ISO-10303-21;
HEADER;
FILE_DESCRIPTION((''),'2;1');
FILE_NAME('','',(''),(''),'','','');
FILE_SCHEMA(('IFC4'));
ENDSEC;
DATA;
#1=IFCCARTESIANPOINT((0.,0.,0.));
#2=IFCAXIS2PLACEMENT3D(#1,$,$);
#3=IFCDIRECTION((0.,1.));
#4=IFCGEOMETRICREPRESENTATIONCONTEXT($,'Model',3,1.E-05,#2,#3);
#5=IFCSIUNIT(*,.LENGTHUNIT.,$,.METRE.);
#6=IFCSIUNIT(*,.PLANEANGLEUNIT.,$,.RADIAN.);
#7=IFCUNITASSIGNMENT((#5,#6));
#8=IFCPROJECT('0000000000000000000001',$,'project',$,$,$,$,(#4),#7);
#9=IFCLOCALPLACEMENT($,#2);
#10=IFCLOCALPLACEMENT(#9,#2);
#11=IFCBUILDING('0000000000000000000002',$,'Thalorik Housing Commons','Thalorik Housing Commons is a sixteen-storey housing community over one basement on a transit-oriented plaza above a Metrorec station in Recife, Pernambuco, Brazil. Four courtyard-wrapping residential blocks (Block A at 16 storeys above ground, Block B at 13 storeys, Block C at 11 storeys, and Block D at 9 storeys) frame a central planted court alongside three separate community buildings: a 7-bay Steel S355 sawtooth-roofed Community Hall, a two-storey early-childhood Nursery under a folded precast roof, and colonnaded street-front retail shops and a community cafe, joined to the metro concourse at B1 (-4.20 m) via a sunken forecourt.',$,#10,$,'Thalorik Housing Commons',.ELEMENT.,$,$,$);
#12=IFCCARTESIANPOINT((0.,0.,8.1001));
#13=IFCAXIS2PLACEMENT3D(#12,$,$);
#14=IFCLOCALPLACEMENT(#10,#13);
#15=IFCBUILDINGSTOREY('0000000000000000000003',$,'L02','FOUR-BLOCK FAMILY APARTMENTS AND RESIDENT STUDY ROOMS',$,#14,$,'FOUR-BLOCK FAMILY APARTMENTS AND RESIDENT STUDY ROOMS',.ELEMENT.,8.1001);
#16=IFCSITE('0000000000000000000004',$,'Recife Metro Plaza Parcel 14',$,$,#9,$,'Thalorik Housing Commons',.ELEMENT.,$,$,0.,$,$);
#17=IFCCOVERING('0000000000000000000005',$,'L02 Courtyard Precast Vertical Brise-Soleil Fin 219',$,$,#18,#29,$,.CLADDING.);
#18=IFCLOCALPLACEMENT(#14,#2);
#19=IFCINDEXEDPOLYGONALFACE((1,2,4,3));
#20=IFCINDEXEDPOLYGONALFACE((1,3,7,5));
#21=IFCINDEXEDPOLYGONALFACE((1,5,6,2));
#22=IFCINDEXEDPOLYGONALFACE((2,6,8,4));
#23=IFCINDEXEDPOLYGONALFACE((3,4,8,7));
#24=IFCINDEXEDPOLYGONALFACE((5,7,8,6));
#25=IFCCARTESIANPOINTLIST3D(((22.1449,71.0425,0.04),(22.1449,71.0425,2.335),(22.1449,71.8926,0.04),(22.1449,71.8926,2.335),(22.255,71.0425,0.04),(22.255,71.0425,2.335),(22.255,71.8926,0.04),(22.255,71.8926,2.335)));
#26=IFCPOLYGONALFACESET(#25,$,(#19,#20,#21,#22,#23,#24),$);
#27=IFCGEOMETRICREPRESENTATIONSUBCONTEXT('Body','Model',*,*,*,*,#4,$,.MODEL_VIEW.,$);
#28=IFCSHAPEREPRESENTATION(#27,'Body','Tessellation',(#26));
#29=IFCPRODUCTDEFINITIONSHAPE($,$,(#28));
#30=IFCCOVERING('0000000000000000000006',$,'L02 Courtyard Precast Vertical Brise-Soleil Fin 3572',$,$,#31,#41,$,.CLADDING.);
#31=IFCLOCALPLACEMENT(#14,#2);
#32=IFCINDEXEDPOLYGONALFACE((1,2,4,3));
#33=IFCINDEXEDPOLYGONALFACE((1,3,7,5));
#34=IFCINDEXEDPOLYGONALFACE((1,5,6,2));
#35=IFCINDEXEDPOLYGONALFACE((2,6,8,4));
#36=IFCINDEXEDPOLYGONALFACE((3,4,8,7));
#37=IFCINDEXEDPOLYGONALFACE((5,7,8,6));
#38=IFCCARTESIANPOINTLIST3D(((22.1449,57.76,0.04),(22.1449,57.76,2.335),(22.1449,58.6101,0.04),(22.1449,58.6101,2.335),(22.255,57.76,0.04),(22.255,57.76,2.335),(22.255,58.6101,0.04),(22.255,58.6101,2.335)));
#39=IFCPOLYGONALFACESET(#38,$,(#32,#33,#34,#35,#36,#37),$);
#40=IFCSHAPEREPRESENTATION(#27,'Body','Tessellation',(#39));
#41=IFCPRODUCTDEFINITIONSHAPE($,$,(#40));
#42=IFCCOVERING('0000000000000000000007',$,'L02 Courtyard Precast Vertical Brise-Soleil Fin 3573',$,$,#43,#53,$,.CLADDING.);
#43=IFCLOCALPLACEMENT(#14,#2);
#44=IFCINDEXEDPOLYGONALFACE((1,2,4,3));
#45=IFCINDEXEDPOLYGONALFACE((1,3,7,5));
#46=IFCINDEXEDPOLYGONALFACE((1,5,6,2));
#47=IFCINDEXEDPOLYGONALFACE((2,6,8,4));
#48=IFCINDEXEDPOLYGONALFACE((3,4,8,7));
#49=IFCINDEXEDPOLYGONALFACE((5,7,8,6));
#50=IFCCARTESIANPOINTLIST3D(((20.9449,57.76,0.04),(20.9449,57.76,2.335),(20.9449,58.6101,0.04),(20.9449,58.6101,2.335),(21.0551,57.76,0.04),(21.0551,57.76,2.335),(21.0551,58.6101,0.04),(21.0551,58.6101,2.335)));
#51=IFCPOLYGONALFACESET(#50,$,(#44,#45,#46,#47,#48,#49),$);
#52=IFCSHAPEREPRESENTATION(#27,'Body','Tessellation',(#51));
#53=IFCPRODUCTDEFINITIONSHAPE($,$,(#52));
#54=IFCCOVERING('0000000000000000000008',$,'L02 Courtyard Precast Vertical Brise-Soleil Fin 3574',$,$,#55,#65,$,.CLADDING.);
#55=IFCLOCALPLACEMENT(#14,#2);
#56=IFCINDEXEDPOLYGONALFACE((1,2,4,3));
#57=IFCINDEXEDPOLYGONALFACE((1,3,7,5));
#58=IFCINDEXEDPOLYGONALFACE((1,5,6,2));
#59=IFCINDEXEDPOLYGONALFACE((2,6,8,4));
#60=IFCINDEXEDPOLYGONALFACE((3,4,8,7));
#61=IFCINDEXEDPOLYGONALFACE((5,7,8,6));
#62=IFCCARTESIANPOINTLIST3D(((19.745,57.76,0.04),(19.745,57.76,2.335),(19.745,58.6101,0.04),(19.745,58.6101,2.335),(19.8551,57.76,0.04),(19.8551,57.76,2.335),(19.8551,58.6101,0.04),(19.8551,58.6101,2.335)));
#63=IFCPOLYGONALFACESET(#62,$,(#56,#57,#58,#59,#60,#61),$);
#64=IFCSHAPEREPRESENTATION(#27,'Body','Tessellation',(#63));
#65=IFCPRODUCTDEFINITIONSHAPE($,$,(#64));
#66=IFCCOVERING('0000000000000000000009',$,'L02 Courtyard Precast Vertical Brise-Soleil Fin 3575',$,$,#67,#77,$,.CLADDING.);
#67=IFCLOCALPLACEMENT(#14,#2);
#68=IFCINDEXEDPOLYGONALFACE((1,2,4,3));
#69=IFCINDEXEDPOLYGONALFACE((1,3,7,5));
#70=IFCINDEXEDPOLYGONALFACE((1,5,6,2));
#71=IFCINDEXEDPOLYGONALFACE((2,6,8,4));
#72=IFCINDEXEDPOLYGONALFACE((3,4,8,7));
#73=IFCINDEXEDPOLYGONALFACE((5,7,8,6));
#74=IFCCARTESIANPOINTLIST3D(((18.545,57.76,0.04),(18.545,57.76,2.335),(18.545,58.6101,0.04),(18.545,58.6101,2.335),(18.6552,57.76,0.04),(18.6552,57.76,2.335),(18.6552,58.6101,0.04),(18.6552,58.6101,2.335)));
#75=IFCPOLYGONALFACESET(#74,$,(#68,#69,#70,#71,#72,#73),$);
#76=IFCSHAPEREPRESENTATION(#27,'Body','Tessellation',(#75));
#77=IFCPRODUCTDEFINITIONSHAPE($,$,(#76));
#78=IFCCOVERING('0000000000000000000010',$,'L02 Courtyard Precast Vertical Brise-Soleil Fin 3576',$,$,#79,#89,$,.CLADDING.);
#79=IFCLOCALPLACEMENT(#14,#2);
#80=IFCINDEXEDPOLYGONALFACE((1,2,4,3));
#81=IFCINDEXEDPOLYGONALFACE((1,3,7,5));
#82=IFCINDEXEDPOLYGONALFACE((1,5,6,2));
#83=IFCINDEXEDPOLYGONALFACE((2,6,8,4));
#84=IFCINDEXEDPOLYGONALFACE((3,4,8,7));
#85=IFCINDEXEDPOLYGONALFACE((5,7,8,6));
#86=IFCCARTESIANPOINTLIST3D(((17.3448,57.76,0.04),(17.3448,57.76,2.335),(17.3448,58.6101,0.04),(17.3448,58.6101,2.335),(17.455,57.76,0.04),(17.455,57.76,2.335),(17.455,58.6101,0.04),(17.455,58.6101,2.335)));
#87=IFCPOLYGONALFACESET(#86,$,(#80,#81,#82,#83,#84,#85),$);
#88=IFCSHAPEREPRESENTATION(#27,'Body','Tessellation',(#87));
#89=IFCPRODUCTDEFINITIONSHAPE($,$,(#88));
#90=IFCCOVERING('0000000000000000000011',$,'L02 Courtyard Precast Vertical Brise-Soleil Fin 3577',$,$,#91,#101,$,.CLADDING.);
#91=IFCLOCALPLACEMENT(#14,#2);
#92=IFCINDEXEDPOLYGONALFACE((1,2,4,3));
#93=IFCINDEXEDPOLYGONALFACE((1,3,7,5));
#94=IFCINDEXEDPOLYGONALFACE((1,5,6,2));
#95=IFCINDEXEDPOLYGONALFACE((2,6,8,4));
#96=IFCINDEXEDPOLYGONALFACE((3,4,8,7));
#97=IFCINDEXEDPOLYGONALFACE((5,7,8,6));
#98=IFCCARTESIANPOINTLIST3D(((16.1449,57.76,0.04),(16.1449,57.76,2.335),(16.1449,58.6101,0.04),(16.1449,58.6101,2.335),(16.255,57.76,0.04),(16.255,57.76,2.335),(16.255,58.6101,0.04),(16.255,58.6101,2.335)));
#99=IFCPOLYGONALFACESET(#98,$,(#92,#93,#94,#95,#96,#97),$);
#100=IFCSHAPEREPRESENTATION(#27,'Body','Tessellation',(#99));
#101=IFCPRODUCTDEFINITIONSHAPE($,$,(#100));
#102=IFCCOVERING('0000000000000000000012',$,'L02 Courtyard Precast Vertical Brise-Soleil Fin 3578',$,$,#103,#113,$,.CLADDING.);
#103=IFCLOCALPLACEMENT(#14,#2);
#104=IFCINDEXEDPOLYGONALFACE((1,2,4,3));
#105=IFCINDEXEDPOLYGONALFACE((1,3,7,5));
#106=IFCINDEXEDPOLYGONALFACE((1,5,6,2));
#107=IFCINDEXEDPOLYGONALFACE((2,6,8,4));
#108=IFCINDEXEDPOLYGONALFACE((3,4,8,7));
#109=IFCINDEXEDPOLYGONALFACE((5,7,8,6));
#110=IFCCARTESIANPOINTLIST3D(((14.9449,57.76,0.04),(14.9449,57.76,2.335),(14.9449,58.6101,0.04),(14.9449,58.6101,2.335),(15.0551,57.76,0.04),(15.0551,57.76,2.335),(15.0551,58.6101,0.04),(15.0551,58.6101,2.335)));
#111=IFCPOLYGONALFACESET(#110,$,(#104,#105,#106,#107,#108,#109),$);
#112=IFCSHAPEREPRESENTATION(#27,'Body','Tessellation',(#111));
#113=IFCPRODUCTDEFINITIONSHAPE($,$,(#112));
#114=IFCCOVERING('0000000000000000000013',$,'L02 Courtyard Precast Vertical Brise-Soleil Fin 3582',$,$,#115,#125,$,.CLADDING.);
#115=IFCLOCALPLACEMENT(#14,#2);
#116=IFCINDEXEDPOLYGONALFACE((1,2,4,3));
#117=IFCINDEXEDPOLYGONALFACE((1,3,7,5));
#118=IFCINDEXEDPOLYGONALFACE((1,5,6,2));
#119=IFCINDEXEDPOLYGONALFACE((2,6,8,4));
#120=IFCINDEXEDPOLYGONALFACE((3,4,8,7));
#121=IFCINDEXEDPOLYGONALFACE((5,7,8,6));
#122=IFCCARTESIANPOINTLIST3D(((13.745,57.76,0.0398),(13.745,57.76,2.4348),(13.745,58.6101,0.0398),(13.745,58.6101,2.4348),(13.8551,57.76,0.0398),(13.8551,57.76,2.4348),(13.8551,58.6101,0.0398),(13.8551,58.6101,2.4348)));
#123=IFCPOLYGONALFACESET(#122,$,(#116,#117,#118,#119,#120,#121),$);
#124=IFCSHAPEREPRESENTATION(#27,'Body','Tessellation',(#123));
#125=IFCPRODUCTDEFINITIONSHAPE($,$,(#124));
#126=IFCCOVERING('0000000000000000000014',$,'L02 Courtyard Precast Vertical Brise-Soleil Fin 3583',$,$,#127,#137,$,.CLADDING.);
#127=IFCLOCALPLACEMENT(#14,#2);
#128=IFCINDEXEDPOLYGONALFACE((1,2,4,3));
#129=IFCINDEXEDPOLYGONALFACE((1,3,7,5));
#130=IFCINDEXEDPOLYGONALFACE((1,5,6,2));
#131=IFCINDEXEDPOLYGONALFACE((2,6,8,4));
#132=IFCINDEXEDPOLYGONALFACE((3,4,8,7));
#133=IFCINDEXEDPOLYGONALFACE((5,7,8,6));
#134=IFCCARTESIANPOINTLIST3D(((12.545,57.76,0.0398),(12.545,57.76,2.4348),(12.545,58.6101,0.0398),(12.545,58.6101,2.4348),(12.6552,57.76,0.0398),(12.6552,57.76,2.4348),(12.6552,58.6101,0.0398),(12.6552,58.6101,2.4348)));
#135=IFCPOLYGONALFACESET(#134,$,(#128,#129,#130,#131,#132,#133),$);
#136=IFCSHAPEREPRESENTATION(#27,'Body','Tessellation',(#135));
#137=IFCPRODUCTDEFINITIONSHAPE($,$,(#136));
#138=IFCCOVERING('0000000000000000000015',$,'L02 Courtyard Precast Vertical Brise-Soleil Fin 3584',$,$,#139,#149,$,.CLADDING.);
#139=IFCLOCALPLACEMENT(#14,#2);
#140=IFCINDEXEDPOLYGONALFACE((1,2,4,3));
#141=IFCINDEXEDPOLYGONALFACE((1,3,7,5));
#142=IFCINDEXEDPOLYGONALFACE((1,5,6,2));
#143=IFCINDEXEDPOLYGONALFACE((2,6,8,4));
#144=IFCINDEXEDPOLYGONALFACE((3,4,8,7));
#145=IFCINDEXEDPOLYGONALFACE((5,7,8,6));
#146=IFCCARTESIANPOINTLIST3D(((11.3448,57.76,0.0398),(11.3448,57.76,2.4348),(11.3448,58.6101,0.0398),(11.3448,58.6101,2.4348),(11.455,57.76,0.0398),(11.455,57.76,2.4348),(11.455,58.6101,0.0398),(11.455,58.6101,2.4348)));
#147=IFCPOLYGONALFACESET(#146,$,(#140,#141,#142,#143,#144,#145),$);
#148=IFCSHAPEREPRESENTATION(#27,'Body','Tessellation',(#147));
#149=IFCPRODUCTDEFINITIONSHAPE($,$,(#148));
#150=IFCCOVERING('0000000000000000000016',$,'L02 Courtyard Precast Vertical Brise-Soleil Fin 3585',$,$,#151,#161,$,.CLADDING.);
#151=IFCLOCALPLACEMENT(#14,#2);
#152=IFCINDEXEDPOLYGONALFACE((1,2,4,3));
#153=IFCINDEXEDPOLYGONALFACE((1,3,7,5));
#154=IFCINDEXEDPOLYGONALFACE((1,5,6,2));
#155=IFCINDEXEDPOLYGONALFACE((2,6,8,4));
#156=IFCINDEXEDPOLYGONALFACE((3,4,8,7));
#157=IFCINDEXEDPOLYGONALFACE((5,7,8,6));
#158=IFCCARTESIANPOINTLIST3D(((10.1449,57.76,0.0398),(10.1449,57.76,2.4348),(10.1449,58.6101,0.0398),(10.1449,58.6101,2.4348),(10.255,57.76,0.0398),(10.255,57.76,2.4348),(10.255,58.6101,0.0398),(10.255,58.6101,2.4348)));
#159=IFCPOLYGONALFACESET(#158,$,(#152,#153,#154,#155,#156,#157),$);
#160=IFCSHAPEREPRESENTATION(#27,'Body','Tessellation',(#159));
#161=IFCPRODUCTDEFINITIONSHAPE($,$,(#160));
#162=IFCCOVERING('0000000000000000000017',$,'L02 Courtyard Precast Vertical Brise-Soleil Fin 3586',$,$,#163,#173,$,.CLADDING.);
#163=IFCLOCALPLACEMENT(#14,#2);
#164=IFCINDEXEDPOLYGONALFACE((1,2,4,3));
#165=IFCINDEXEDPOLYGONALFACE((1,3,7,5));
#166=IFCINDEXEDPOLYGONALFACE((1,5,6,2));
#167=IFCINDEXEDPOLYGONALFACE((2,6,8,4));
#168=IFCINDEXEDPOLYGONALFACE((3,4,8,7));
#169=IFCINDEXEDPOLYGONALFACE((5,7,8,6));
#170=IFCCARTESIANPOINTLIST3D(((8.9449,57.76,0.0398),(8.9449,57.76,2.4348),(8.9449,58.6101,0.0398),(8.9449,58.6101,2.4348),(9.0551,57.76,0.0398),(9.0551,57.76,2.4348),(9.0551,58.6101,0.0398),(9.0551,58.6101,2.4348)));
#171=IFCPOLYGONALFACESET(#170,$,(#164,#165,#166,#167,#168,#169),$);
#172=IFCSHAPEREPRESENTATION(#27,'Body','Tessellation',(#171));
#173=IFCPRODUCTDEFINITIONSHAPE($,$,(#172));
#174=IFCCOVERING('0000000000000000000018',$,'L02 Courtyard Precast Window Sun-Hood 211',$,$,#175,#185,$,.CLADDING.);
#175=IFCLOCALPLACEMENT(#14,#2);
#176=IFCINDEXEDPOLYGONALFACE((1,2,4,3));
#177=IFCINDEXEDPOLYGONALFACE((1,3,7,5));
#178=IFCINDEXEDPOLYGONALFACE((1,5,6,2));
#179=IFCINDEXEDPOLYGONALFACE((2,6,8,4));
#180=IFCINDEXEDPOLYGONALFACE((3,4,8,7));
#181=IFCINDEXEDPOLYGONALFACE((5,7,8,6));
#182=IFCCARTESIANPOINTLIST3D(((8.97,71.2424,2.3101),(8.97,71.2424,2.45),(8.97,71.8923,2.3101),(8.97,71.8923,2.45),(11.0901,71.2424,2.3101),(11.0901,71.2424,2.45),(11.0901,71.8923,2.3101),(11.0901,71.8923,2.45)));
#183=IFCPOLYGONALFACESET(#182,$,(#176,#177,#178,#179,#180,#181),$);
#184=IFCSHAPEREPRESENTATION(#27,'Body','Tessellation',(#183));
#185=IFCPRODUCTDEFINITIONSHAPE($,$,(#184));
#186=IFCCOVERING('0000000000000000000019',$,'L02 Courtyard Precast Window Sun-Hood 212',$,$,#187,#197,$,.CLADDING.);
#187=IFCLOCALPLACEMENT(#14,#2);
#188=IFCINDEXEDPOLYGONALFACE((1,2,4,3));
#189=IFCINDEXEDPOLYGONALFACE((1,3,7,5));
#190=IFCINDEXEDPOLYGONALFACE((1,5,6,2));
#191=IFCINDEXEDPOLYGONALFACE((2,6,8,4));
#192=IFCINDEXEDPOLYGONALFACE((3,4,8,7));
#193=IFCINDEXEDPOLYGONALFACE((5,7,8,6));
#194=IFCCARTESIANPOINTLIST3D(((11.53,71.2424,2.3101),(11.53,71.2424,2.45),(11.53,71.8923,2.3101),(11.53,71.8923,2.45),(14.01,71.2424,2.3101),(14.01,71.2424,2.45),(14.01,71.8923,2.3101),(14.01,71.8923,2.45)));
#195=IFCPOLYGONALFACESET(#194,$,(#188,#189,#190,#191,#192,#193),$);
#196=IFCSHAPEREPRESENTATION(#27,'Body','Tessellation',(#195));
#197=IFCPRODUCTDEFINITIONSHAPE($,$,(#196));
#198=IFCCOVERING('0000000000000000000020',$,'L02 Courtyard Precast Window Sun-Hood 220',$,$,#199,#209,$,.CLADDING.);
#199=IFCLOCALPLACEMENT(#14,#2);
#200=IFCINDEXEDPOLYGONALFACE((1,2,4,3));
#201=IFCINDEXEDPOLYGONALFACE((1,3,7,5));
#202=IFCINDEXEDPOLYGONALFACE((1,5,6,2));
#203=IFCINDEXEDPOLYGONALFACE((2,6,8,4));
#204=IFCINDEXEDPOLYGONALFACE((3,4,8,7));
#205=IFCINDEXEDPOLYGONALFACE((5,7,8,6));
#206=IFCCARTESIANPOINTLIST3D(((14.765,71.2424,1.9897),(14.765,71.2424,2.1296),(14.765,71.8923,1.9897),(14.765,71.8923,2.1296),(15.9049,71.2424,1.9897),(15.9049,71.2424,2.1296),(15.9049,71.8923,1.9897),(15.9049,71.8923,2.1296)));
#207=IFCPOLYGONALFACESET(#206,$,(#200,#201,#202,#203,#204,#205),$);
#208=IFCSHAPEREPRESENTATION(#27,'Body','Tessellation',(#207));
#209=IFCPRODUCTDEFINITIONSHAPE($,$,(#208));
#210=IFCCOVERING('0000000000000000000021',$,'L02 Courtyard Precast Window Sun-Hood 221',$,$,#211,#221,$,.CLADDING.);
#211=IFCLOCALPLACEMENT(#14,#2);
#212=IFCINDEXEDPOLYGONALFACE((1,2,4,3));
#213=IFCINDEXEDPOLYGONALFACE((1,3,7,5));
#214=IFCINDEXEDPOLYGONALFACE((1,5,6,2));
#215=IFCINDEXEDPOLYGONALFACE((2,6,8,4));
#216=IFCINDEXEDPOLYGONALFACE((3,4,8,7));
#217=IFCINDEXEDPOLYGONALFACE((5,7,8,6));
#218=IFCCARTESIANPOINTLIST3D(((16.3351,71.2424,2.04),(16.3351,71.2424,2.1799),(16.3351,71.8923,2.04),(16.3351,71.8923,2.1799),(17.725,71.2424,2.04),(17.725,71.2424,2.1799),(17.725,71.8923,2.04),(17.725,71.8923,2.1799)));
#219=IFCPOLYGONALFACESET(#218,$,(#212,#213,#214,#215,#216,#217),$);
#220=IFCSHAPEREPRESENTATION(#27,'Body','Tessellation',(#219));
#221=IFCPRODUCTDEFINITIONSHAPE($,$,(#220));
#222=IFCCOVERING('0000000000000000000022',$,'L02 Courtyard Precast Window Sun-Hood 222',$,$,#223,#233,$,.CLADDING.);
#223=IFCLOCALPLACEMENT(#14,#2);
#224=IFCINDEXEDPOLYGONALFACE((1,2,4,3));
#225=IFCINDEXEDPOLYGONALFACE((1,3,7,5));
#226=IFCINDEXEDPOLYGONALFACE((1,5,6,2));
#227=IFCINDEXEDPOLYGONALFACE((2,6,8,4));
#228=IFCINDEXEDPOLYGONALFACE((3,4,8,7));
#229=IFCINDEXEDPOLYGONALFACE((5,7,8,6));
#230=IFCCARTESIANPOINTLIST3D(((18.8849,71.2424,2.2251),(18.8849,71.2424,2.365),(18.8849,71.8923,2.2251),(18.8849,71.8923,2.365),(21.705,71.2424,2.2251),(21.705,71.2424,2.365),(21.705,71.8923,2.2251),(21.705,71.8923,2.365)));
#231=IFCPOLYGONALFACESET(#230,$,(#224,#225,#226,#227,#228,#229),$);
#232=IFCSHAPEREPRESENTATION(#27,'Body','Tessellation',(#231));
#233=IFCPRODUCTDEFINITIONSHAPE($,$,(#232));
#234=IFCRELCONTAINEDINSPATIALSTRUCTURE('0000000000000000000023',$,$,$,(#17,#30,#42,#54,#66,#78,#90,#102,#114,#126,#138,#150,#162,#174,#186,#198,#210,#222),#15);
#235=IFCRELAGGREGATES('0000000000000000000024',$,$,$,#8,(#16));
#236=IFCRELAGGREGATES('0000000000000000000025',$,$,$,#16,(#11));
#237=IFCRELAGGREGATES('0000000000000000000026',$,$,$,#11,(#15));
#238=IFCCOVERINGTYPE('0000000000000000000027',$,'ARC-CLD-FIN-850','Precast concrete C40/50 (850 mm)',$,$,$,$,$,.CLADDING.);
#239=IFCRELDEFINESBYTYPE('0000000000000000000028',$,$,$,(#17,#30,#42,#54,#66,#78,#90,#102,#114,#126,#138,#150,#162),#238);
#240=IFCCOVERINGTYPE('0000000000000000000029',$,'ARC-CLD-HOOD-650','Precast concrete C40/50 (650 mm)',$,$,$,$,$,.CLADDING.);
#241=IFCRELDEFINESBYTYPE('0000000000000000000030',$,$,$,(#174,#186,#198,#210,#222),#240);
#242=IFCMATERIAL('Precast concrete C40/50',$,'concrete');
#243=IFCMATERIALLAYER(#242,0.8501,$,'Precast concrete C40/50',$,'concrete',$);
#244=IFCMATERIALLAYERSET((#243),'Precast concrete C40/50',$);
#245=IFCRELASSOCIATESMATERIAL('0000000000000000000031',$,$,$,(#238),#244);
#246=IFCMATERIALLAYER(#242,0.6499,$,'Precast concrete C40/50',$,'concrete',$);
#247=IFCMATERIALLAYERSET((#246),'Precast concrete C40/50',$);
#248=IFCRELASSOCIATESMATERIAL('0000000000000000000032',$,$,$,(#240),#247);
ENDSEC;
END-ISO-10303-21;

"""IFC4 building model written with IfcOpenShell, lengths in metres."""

from ifc_helpers import new_model, si_unit, direction, frame, origin, origin_2d, place, context, subcontext, project, spatial, rectangle, extrude, material, layer, layer_set, type_object, element, save


model = new_model("IFC4")

# Units and contexts
model_context = context("Model", 3, precision=1e-05, world=origin(), true_north=direction((0.0, 1.0)))
body_context = subcontext(model_context, "Body", "Model", "MODEL_VIEW")
ifc_project = project(units=[si_unit("LENGTHUNIT", "METRE"), si_unit("PLANEANGLEUNIT", "RADIAN")], contexts=[model_context])

# Site, building, storey
site_placement = place(None, origin())
site = spatial("IfcSite", under=ifc_project, at=site_placement, Name="Recife Metro Plaza Parcel 14", LongName="Thalorik Housing Commons", CompositionType="ELEMENT", RefElevation=0.0)
building_placement = place(site_placement, origin())
building = spatial("IfcBuilding", under=site, at=building_placement, Name="Thalorik Housing Commons", Description="Thalorik Housing Commons is a sixteen-storey housing community over one basement on a transit-oriented plaza above a Metrorec station in Recife, Pernambuco, Brazil. Four courtyard-wrapping residential blocks (Block A at 16 storeys above ground, Block B at 13 storeys, Block C at 11 storeys, and Block D at 9 storeys) frame a central planted court alongside three separate community buildings: a 7-bay Steel S355 sawtooth-roofed Community Hall, a two-storey early-childhood Nursery under a folded precast roof, and colonnaded street-front retail shops and a community cafe, joined to the metro concourse at B1 (-4.20 m) via a sunken forecourt.", LongName="Thalorik Housing Commons", CompositionType="ELEMENT")
storey_placement = place(building_placement, frame((0.0, 0.0, 8.1001)))
storey = spatial("IfcBuildingStorey", under=building, at=storey_placement, Name="L02", Description="FOUR-BLOCK FAMILY APARTMENTS AND RESIDENT STUDY ROOMS", LongName="FOUR-BLOCK FAMILY APARTMENTS AND RESIDENT STUDY ROOMS", CompositionType="ELEMENT", Elevation=8.1001)

# Shared definitions
ifc_material_1 = material(Name="Precast concrete C40/50", Category="concrete")

# Coverings
ifc_layer_1 = layer(ifc_material_1, 0.8501, Name="Precast concrete C40/50", Category="concrete")
ifc_layer_set_1 = layer_set([ifc_layer_1], Name="Precast concrete C40/50")
covering_type_1 = type_object("IfcCoveringType", Name="ARC-CLD-FIN-850", Description="Precast concrete C40/50 (850 mm)", PredefinedType="CLADDING", material=ifc_layer_set_1)
for number, where, z_axis, x_axis, name in (
    (1, (22.2, 71.4675, 0.04), (0.0, 0.0, 1.0), (1.0, 0.0, 0.0), "L02 Courtyard Precast Vertical Brise-Soleil Fin 219"),
    (2, (22.2, 58.1851, 0.04), (0.0, 0.0, 1.0), (-1.0, 0.0, 0.0), "L02 Courtyard Precast Vertical Brise-Soleil Fin 3572"),
    (3, (21.0, 58.1851, 0.04), (0.0, 0.0, 1.0), (-1.0, 0.0, 0.0), "L02 Courtyard Precast Vertical Brise-Soleil Fin 3573"),
    (4, (19.8, 58.1851, 0.04), (0.0, 0.0, 1.0), (-1.0, 0.0, 0.0), "L02 Courtyard Precast Vertical Brise-Soleil Fin 3574"),
    (5, (18.6001, 58.1851, 0.04), (0.0, 0.0, 1.0), (-1.0, 0.0, 0.0), "L02 Courtyard Precast Vertical Brise-Soleil Fin 3575"),
    (6, (17.3999, 58.1851, 0.04), (0.0, 0.0, 1.0), (-1.0, 0.0, 0.0), "L02 Courtyard Precast Vertical Brise-Soleil Fin 3576"),
    (7, (16.2, 58.1851, 0.04), (0.0, 0.0, 1.0), (-1.0, 0.0, 0.0), "L02 Courtyard Precast Vertical Brise-Soleil Fin 3577"),
    (8, (15.0, 58.1851, 0.04), (0.0, 0.0, 1.0), (-1.0, 0.0, 0.0), "L02 Courtyard Precast Vertical Brise-Soleil Fin 3578"),
):
    element("IfcCovering", number, at=place(storey_placement, frame(where, z_axis=z_axis, x_axis=x_axis)), inside=storey, type_object=covering_type_1, Name=name, PredefinedType="CLADDING", context=body_context, shape_type="SweptSolid", body=[
        extrude(rectangle(XDim=0.1101, YDim=0.8501, at=origin_2d()), origin(), (0.0, 0.0, 1.0), 2.2949),
    ])
for number, where, z_axis, x_axis, name in (
    (9, (13.8, 58.1851, 0.0398), (0.0, 0.0, 1.0), (-1.0, 0.0, 0.0), "L02 Courtyard Precast Vertical Brise-Soleil Fin 3582"),
    (10, (12.6001, 58.1851, 0.0398), (0.0, 0.0, 1.0), (-1.0, 0.0, 0.0), "L02 Courtyard Precast Vertical Brise-Soleil Fin 3583"),
    (11, (11.3999, 58.1851, 0.0398), (0.0, 0.0, 1.0), (-1.0, 0.0, 0.0), "L02 Courtyard Precast Vertical Brise-Soleil Fin 3584"),
    (12, (10.2, 58.1851, 0.0398), (0.0, 0.0, 1.0), (-1.0, 0.0, 0.0), "L02 Courtyard Precast Vertical Brise-Soleil Fin 3585"),
    (13, (9.0, 58.1851, 0.0398), (0.0, 0.0, 1.0), (-1.0, 0.0, 0.0), "L02 Courtyard Precast Vertical Brise-Soleil Fin 3586"),
):
    element("IfcCovering", number, at=place(storey_placement, frame(where, z_axis=z_axis, x_axis=x_axis)), inside=storey, type_object=covering_type_1, Name=name, PredefinedType="CLADDING", context=body_context, shape_type="SweptSolid", body=[
        extrude(rectangle(XDim=0.1101, YDim=0.8501, at=origin_2d()), origin(), (0.0, 0.0, 1.0), 2.395),
    ])
ifc_layer_2 = layer(ifc_material_1, 0.6499, Name="Precast concrete C40/50", Category="concrete")
ifc_layer_set_2 = layer_set([ifc_layer_2], Name="Precast concrete C40/50")
covering_type_2 = type_object("IfcCoveringType", Name="ARC-CLD-HOOD-650", Description="Precast concrete C40/50 (650 mm)", PredefinedType="CLADDING", material=ifc_layer_set_2)
covering_1_placement = place(storey_placement, frame((10.03, 71.5674, 2.3101), z_axis=(0.0, 0.0, 1.0), x_axis=(1.0, 0.0, 0.0)))
element("IfcCovering", 14, at=covering_1_placement, inside=storey, type_object=covering_type_2, Name="L02 Courtyard Precast Window Sun-Hood 211", PredefinedType="CLADDING", context=body_context, shape_type="SweptSolid", body=[
    extrude(rectangle(XDim=2.1201, YDim=0.6499, at=origin_2d()), origin(), (0.0, 0.0, 1.0), 0.1399),
])
covering_2_placement = place(storey_placement, frame((12.77, 71.5674, 2.3101), z_axis=(0.0, 0.0, 1.0), x_axis=(1.0, 0.0, 0.0)))
element("IfcCovering", 15, at=covering_2_placement, inside=storey, type_object=covering_type_2, Name="L02 Courtyard Precast Window Sun-Hood 212", PredefinedType="CLADDING", context=body_context, shape_type="SweptSolid", body=[
    extrude(rectangle(XDim=2.48, YDim=0.6499, at=origin_2d()), origin(), (0.0, 0.0, 1.0), 0.1399),
])
covering_3_placement = place(storey_placement, frame((15.335, 71.5674, 1.9897), z_axis=(0.0, 0.0, 1.0), x_axis=(1.0, 0.0, 0.0)))
element("IfcCovering", 16, at=covering_3_placement, inside=storey, type_object=covering_type_2, Name="L02 Courtyard Precast Window Sun-Hood 220", PredefinedType="CLADDING", context=body_context, shape_type="SweptSolid", body=[
    extrude(rectangle(XDim=1.1399, YDim=0.6499, at=origin_2d()), origin(), (0.0, 0.0, 1.0), 0.1399),
])
covering_4_placement = place(storey_placement, frame((17.03, 71.5674, 2.04), z_axis=(0.0, 0.0, 1.0), x_axis=(1.0, 0.0, 0.0)))
element("IfcCovering", 17, at=covering_4_placement, inside=storey, type_object=covering_type_2, Name="L02 Courtyard Precast Window Sun-Hood 221", PredefinedType="CLADDING", context=body_context, shape_type="SweptSolid", body=[
    extrude(rectangle(XDim=1.3899, YDim=0.6499, at=origin_2d()), origin(), (0.0, 0.0, 1.0), 0.1399),
])
covering_5_placement = place(storey_placement, frame((20.2949, 71.5674, 2.2251), z_axis=(0.0, 0.0, 1.0), x_axis=(1.0, 0.0, 0.0)))
element("IfcCovering", 18, at=covering_5_placement, inside=storey, type_object=covering_type_2, Name="L02 Courtyard Precast Window Sun-Hood 222", PredefinedType="CLADDING", context=body_context, shape_type="SweptSolid", body=[
    extrude(rectangle(XDim=2.8201, YDim=0.6499, at=origin_2d()), origin(), (0.0, 0.0, 1.0), 0.1399),
])

save(model, "model.ifc")
